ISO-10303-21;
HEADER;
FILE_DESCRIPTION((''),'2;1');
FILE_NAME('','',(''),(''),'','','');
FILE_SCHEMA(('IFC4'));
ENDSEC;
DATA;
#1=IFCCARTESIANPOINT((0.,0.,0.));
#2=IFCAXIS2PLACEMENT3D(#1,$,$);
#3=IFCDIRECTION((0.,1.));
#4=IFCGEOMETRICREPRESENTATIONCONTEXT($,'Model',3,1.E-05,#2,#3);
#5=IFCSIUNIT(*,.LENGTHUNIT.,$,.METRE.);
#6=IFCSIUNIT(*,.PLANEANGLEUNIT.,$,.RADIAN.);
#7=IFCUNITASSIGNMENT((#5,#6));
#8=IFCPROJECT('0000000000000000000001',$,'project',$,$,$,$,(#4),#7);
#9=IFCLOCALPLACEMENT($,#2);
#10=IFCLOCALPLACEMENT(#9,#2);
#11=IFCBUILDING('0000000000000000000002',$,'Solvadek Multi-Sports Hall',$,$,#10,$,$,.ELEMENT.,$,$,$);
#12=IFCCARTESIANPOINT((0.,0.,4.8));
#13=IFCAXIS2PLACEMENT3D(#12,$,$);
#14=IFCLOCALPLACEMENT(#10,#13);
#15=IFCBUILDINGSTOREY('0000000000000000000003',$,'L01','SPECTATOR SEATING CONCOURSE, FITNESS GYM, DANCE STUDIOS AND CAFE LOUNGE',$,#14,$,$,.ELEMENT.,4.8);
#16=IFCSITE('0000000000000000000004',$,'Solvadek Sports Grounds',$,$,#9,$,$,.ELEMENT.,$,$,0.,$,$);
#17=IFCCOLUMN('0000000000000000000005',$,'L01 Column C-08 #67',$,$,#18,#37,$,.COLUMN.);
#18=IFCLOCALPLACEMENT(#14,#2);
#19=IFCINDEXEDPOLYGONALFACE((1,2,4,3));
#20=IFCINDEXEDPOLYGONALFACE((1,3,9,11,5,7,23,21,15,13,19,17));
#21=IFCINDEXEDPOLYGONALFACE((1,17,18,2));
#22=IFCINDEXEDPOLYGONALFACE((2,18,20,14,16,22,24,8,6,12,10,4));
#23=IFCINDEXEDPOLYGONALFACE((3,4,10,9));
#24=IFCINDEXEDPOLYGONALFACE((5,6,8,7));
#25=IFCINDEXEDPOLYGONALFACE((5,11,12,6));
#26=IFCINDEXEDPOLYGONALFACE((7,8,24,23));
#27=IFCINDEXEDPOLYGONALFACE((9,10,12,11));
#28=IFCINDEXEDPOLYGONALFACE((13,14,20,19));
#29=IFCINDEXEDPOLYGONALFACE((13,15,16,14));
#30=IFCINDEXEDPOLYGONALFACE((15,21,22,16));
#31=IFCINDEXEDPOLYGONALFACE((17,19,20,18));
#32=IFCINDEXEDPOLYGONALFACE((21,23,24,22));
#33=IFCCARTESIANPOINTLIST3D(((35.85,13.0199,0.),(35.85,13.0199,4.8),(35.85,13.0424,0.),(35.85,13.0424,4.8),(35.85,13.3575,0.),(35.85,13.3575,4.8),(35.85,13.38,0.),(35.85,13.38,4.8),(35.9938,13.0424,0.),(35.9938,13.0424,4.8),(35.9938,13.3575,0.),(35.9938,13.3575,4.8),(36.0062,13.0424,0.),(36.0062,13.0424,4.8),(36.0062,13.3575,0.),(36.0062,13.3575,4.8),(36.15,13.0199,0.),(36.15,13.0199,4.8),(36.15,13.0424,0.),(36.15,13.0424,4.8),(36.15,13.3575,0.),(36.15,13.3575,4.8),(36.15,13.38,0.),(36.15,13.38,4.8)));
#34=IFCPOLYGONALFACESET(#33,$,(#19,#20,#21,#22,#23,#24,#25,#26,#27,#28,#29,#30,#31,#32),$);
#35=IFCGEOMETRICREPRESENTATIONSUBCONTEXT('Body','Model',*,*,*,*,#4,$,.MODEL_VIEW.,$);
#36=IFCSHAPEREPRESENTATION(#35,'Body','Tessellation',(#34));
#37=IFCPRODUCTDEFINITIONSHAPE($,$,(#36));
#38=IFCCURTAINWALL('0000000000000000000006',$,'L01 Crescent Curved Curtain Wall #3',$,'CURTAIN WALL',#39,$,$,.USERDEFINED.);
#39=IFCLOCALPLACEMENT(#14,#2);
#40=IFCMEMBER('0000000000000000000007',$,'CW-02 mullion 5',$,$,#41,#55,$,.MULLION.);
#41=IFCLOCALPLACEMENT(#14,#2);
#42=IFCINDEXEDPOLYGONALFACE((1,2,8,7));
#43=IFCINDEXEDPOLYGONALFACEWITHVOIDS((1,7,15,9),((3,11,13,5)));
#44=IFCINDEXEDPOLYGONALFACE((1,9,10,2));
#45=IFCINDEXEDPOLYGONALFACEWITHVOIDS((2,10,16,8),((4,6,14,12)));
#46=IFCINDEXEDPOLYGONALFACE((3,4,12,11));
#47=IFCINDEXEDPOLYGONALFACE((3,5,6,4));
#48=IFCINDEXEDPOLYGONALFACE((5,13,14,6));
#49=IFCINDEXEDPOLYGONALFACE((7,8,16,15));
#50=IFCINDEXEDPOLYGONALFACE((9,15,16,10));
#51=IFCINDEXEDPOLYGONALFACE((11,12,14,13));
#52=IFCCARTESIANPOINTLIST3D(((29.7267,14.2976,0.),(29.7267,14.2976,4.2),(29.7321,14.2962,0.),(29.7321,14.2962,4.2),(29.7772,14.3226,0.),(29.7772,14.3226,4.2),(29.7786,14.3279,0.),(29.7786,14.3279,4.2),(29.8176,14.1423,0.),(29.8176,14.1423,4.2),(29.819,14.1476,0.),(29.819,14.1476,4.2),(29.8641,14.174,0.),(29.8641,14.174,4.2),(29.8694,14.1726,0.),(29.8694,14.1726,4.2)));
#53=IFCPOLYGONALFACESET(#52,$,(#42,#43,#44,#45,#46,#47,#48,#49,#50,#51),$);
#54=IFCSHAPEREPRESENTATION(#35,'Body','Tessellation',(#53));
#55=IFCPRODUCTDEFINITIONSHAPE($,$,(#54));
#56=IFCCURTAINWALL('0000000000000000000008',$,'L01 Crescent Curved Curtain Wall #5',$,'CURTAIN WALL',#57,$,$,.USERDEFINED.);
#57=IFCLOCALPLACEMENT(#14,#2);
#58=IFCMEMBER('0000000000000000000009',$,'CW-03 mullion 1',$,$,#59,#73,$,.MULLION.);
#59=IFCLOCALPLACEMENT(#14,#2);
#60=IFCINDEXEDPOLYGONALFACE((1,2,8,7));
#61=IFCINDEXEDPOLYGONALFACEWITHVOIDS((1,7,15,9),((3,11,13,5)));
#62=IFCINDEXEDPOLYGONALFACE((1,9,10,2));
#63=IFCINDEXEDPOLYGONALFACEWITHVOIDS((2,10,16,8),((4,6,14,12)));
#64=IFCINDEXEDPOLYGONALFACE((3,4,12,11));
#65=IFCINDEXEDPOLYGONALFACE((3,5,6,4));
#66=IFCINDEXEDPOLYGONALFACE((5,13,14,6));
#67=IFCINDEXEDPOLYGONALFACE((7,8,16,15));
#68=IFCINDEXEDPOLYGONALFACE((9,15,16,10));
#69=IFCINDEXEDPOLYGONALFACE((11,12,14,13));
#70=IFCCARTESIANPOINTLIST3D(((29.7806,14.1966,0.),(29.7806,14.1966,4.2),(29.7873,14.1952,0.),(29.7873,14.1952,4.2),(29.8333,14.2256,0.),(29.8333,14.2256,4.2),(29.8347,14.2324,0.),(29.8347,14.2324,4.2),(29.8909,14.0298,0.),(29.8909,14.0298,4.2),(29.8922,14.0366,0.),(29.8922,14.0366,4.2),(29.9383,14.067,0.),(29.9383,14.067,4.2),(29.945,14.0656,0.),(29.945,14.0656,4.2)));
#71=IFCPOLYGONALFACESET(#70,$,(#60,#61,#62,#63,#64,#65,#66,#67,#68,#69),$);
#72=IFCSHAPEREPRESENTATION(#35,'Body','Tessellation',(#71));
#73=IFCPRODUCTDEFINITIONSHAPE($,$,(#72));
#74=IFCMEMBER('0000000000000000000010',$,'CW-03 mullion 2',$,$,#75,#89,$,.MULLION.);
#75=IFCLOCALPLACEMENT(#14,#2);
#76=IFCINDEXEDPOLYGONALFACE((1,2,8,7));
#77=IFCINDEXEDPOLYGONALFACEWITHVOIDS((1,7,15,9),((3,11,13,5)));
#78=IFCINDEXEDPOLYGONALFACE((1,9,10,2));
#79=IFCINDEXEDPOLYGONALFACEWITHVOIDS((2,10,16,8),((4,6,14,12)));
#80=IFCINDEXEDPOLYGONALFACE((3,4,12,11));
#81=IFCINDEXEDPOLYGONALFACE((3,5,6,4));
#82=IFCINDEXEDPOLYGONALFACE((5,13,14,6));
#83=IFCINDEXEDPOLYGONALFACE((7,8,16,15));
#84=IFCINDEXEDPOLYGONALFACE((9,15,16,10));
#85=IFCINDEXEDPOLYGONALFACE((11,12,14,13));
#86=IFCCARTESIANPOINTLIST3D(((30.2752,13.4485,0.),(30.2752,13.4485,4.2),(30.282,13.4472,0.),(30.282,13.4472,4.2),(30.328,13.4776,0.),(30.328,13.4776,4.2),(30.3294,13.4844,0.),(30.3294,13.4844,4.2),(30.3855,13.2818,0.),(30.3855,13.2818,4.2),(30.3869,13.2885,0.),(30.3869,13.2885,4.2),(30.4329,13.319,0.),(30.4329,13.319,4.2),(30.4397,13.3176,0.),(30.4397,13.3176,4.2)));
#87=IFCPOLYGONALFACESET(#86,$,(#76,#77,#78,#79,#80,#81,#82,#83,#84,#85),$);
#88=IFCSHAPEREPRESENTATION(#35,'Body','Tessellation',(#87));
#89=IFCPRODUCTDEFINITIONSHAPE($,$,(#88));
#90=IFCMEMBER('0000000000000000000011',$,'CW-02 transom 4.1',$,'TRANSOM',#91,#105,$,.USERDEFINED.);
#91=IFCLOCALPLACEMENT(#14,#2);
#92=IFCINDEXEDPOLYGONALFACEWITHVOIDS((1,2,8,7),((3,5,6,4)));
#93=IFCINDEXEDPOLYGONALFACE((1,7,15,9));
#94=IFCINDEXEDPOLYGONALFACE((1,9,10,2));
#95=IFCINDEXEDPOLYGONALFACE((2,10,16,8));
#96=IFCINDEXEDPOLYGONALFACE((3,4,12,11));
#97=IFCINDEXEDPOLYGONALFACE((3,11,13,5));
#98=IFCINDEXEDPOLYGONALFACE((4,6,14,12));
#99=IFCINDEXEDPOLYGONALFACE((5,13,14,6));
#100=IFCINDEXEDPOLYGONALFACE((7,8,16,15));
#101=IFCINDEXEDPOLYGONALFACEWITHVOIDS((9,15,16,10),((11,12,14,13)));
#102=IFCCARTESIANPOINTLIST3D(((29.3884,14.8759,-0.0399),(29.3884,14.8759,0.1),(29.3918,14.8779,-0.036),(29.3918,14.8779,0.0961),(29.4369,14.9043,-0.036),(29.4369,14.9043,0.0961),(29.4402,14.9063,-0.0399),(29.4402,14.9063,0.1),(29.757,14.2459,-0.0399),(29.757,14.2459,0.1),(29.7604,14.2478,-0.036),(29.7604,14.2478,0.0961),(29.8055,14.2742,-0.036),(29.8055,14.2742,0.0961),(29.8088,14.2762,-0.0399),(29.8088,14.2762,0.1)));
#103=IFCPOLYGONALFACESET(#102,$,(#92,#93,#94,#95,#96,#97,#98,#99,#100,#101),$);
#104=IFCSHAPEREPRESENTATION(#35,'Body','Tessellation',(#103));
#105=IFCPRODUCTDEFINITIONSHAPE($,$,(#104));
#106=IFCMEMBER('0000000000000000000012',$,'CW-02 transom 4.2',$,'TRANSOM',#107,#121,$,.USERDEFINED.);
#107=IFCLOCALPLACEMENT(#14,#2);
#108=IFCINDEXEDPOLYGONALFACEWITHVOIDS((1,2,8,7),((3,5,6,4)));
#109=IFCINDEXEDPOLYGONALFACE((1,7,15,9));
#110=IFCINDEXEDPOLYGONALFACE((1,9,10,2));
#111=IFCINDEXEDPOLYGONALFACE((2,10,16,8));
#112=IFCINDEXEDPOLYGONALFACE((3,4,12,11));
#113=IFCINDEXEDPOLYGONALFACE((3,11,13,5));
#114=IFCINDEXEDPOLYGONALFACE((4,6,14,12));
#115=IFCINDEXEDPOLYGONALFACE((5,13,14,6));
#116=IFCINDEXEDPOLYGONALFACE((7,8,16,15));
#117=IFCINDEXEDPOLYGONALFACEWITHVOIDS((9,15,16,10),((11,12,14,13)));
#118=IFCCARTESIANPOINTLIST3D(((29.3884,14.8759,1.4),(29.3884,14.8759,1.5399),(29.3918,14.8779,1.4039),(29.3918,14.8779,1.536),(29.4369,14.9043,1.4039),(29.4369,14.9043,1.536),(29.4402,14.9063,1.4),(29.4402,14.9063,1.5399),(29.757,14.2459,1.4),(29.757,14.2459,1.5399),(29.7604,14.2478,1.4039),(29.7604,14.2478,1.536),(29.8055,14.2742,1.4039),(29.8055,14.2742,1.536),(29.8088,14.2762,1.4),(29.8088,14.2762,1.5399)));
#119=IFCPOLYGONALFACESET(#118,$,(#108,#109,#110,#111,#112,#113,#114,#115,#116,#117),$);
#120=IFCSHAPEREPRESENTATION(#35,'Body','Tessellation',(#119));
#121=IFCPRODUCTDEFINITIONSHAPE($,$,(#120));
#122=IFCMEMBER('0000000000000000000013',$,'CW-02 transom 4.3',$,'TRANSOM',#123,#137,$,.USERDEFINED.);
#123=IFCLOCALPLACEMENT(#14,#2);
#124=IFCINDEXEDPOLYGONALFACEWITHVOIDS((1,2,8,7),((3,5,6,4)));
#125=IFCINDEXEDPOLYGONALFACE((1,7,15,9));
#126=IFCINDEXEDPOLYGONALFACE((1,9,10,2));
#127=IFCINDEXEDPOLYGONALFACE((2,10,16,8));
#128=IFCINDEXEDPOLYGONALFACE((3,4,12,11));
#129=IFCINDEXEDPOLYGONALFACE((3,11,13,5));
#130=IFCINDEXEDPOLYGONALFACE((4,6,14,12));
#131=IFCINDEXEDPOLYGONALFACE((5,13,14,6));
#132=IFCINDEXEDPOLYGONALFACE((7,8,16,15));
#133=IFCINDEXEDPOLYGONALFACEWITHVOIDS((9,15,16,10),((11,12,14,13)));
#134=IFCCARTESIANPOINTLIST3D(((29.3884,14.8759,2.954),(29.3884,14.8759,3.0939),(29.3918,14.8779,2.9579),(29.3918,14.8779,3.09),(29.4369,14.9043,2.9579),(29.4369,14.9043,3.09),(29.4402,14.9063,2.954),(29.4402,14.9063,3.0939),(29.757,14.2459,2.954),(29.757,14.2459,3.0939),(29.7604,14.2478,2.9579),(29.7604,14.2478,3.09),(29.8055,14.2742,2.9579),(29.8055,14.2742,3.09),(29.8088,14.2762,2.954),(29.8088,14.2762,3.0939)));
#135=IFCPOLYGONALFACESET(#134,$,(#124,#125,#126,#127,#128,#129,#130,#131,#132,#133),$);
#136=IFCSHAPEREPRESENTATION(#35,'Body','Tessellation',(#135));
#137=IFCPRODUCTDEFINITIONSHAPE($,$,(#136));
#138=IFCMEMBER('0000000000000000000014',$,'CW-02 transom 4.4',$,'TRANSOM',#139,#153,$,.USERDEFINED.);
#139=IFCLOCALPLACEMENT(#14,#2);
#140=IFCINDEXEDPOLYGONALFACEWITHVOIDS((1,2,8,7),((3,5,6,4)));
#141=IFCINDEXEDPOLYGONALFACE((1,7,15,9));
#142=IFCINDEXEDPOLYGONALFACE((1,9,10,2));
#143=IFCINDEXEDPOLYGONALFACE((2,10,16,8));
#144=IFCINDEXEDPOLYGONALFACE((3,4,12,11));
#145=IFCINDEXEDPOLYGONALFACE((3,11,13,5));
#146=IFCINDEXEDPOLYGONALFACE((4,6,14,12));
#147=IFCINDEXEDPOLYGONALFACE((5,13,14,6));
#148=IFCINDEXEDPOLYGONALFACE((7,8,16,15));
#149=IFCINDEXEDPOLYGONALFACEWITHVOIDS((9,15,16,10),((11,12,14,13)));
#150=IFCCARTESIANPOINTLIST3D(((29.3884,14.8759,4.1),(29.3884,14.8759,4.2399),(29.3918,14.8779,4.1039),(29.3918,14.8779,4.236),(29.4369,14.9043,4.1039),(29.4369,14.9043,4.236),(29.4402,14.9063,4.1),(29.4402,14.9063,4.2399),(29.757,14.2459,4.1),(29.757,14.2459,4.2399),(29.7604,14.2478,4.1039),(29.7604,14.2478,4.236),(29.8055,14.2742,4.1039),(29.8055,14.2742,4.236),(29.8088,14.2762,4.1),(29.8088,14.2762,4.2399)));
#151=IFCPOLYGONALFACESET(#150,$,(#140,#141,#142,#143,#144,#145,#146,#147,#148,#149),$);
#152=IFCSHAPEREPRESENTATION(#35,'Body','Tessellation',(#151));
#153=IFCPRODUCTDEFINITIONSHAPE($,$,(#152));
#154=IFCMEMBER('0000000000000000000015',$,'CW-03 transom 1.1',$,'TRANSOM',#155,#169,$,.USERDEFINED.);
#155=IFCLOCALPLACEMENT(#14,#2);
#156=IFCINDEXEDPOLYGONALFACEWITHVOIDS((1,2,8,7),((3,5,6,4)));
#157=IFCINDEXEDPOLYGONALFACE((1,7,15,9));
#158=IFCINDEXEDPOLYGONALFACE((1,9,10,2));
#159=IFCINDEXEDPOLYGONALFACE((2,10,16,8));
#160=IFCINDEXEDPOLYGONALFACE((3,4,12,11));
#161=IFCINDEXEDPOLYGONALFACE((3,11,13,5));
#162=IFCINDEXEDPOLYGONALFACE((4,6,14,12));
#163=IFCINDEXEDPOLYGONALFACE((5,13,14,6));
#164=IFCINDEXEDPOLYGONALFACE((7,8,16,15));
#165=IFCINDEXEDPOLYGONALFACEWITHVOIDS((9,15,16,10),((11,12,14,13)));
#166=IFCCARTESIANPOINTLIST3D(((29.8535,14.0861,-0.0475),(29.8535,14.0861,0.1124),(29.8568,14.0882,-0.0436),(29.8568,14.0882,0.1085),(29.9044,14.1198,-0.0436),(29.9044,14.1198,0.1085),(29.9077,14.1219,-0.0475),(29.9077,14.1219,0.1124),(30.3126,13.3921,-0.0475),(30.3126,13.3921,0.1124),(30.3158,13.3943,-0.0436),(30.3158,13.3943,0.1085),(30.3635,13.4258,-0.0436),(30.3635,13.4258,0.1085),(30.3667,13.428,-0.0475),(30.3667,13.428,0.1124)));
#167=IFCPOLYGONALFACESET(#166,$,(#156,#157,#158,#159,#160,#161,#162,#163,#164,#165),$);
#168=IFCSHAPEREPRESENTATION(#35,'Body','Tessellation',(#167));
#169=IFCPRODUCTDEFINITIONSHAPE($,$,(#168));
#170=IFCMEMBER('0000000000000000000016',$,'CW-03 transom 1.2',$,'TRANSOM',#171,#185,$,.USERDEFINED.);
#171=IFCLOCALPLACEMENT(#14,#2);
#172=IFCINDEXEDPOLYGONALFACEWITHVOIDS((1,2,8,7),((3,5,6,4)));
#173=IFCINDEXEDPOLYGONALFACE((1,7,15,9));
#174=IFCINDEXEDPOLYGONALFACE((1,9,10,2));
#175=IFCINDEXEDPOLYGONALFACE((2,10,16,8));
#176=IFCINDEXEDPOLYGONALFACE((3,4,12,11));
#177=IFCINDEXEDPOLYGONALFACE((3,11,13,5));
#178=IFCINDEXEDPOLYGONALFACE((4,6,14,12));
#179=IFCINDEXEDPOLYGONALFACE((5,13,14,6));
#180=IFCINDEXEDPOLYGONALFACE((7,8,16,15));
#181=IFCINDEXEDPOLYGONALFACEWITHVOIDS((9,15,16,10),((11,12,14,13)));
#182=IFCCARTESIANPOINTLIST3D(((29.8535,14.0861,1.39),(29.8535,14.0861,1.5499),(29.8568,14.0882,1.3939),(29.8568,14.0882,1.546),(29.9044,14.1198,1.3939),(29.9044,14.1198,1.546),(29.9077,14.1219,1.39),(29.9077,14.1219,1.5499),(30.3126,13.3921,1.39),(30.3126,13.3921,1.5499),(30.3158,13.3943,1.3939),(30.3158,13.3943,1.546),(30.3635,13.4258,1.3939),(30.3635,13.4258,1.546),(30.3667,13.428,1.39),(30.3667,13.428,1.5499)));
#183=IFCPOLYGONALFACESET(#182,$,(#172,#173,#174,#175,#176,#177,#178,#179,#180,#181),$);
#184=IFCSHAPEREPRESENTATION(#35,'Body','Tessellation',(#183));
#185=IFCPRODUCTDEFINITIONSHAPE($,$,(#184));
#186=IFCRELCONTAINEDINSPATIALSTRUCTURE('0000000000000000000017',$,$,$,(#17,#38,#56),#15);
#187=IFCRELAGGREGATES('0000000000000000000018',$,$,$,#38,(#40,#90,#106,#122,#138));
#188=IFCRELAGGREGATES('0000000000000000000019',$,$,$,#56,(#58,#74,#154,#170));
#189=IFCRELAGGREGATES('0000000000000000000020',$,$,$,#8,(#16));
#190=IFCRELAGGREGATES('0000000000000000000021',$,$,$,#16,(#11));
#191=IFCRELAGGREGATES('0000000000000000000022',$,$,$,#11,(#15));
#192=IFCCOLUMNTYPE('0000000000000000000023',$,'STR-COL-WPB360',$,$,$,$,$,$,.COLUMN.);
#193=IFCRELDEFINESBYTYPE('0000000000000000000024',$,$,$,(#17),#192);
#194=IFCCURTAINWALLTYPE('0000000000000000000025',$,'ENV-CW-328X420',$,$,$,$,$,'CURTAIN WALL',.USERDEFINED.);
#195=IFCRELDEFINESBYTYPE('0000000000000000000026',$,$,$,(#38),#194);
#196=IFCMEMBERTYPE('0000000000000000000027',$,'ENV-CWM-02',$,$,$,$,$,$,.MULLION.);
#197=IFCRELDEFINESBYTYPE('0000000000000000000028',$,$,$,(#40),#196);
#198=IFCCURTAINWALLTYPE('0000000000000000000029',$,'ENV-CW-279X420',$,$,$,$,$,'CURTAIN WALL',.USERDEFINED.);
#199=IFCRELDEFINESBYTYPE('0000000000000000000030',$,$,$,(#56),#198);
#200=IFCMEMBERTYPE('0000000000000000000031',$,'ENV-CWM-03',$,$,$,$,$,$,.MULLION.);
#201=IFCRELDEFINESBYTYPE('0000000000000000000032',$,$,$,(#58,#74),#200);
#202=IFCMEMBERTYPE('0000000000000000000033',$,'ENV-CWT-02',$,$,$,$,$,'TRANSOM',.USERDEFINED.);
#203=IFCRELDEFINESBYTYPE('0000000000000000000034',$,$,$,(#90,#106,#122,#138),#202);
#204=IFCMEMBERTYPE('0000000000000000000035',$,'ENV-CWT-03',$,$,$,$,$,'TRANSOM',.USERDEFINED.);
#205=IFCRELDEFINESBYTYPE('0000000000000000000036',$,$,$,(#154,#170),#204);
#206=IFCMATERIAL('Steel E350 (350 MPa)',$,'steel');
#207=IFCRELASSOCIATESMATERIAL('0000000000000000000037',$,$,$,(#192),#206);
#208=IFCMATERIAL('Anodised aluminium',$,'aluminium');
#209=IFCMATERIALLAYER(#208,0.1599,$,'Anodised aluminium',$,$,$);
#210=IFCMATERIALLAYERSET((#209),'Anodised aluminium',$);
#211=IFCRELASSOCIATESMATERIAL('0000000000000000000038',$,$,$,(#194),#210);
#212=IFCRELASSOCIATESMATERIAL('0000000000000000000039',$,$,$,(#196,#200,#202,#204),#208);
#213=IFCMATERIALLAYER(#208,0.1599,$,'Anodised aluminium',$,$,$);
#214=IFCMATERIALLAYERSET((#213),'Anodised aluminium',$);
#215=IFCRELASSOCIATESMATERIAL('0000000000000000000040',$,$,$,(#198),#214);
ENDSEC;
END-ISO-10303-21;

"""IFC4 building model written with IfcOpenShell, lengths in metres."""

from ifc_helpers import new_model, si_unit, direction, frame, origin, origin_2d, place, context, subcontext, project, spatial, hollow_rectangle, i_section, extrude, material, layer, layer_set, material_profile, profile_set, type_object, element, aggregate, save


model = new_model("IFC4")

# Units and contexts
model_context = context("Model", 3, precision=1e-05, world=origin(), true_north=direction((0.0, 1.0)))
body_context = subcontext(model_context, "Body", "Model", "MODEL_VIEW")
ifc_project = project(units=[si_unit("LENGTHUNIT", "METRE"), si_unit("PLANEANGLEUNIT", "RADIAN")], contexts=[model_context])

# Site, building, storey
site_placement = place(None, origin())
site = spatial("IfcSite", under=ifc_project, at=site_placement, Name="Solvadek Sports Grounds", CompositionType="ELEMENT", RefElevation=0.0)
building_placement = place(site_placement, origin())
building = spatial("IfcBuilding", under=site, at=building_placement, Name="Solvadek Multi-Sports Hall", CompositionType="ELEMENT")
storey_placement = place(building_placement, frame((0.0, 0.0, 4.8)))
storey = spatial("IfcBuildingStorey", under=building, at=storey_placement, Name="L01", Description="SPECTATOR SEATING CONCOURSE, FITNESS GYM, DANCE STUDIOS AND CAFE LOUNGE", CompositionType="ELEMENT", Elevation=4.8)

# Column
ifc_material_1 = material(Name="Steel E350 (350 MPa)", Category="steel")
ifc_material_profile_1 = material_profile(ifc_material_1, i_section(OverallWidth=0.3, OverallDepth=0.3601, WebThickness=0.0125, FlangeThickness=0.0225, at=origin_2d()), Name="WPB 360")
ifc_profile_set_1 = profile_set([ifc_material_profile_1], Name="Steel E350 (350 MPa)")
column_type = type_object("IfcColumnType", Name="STR-COL-WPB360", PredefinedType="COLUMN", material=ifc_profile_set_1)
column_placement = place(storey_placement, frame((36.0, 13.2, 0.0), z_axis=(0.0, 0.0, 1.0), x_axis=(1.0, 0.0, 0.0)))
element("IfcColumn", 1, at=column_placement, inside=storey, type_object=column_type, Name="L01 Column C-08 #67", PredefinedType="COLUMN", context=body_context, shape_type="SweptSolid", body=[
    extrude(i_section(OverallWidth=0.3, OverallDepth=0.3601, WebThickness=0.0125, FlangeThickness=0.0225, at=origin_2d()), origin(), (0.0, 0.0, 1.0), 4.8),
])

# Curtain wall, member
ifc_material_2 = material(Name="Anodised aluminium", Category="aluminium")
ifc_layer_1 = layer(ifc_material_2, 0.1599, Name="Anodised aluminium")
ifc_layer_set_1 = layer_set([ifc_layer_1], Name="Anodised aluminium")
curtain_wall_type_1 = type_object("IfcCurtainWallType", Name="ENV-CW-328X420", ElementType="CURTAIN WALL", PredefinedType="USERDEFINED", material=ifc_layer_set_1)
curtain_wall_1_placement = place(storey_placement, origin())
curtain_wall_1 = element("IfcCurtainWall", 2, at=curtain_wall_1_placement, inside=storey, type_object=curtain_wall_type_1, Name="L01 Crescent Curved Curtain Wall #3", ObjectType="CURTAIN WALL", PredefinedType="USERDEFINED")
ifc_material_profile_2 = material_profile(ifc_material_2, hollow_rectangle(XDim=0.0601, YDim=0.1799, WallThickness=0.0039, at=origin_2d()), Name="ALU-M 180x60x4")
ifc_profile_set_2 = profile_set([ifc_material_profile_2], Name="Anodised aluminium")
member_type_1 = type_object("IfcMemberType", Name="ENV-CWM-02", PredefinedType="MULLION", material=ifc_profile_set_2)
member_1_placement = place(storey_placement, frame((29.7981, 14.2351, 0.0), z_axis=(0.0, 0.0, 1.0), x_axis=(0.863145, 0.504957, 0.0)))
member_1 = element("IfcMember", 3, at=member_1_placement, type_object=member_type_1, Name="CW-02 mullion 5", PredefinedType="MULLION", context=body_context, shape_type="SweptSolid", body=[
    extrude(hollow_rectangle(XDim=0.0601, YDim=0.1799, WallThickness=0.0039, at=origin_2d()), origin(), (0.0, 0.0, 1.0), 4.2),
])

# Curtain wall, members
ifc_layer_2 = layer(ifc_material_2, 0.1599, Name="Anodised aluminium")
ifc_layer_set_2 = layer_set([ifc_layer_2], Name="Anodised aluminium")
curtain_wall_type_2 = type_object("IfcCurtainWallType", Name="ENV-CW-279X420", ElementType="CURTAIN WALL", PredefinedType="USERDEFINED", material=ifc_layer_set_2)
curtain_wall_2_placement = place(storey_placement, origin())
curtain_wall_2 = element("IfcCurtainWall", 4, at=curtain_wall_2_placement, inside=storey, type_object=curtain_wall_type_2, Name="L01 Crescent Curved Curtain Wall #5", ObjectType="CURTAIN WALL", PredefinedType="USERDEFINED")
ifc_material_profile_3 = material_profile(ifc_material_2, hollow_rectangle(XDim=0.0649, YDim=0.2, WallThickness=0.0049, at=origin_2d()), Name="ALU-M 200x65x5")
ifc_profile_set_3 = profile_set([ifc_material_profile_3], Name="Anodised aluminium")
member_type_2 = type_object("IfcMemberType", Name="ENV-CWM-03", PredefinedType="MULLION", material=ifc_profile_set_3)
member_2_placement = place(storey_placement, frame((29.8628, 14.1311, 0.0), z_axis=(0.0, 0.0, 1.0), x_axis=(0.834097, 0.551617, 0.0)))
member_2 = element("IfcMember", 5, at=member_2_placement, type_object=member_type_2, Name="CW-03 mullion 1", PredefinedType="MULLION", context=body_context, shape_type="SweptSolid", body=[
    extrude(hollow_rectangle(XDim=0.0649, YDim=0.2, WallThickness=0.0049, at=origin_2d()), origin(), (0.0, 0.0, 1.0), 4.2),
])
member_3_placement = place(storey_placement, frame((30.3574, 13.3831, 0.0), z_axis=(0.0, 0.0, 1.0), x_axis=(0.834097, 0.551617, 0.0)))
member_3 = element("IfcMember", 6, at=member_3_placement, type_object=member_type_2, Name="CW-03 mullion 2", PredefinedType="MULLION", context=body_context, shape_type="SweptSolid", body=[
    extrude(hollow_rectangle(XDim=0.0649, YDim=0.2, WallThickness=0.0049, at=origin_2d()), origin(), (0.0, 0.0, 1.0), 4.2),
])

# Members
ifc_material_profile_4 = material_profile(ifc_material_2, hollow_rectangle(XDim=0.0601, YDim=0.1399, WallThickness=0.0039, at=origin_2d()), Name="ALU-T 140x60x4")
ifc_profile_set_4 = profile_set([ifc_material_profile_4], Name="Anodised aluminium")
member_type_3 = type_object("IfcMemberType", Name="ENV-CWT-02", ElementType="TRANSOM", PredefinedType="USERDEFINED", material=ifc_profile_set_4)
member_4_placement = place(storey_placement, frame((29.4143, 14.8911, 0.03), z_axis=(0.504973, -0.863135, 0.0), x_axis=(0.863135, 0.504973, 0.0)))
member_4 = element("IfcMember", 7, at=member_4_placement, type_object=member_type_3, Name="CW-02 transom 4.1", ObjectType="TRANSOM", PredefinedType="USERDEFINED", context=body_context, shape_type="SweptSolid", body=[
    extrude(hollow_rectangle(XDim=0.0601, YDim=0.1399, WallThickness=0.0039, at=origin_2d()), origin(), (0.0, 0.0, 1.0), 0.73),
])
member_5_placement = place(storey_placement, frame((29.4143, 14.8911, 1.47), z_axis=(0.504973, -0.863135, 0.0), x_axis=(0.863135, 0.504973, 0.0)))
member_5 = element("IfcMember", 8, at=member_5_placement, type_object=member_type_3, Name="CW-02 transom 4.2", ObjectType="TRANSOM", PredefinedType="USERDEFINED", context=body_context, shape_type="SweptSolid", body=[
    extrude(hollow_rectangle(XDim=0.0601, YDim=0.1399, WallThickness=0.0039, at=origin_2d()), origin(), (0.0, 0.0, 1.0), 0.73),
])
member_6_placement = place(storey_placement, frame((29.4143, 14.8911, 3.0239), z_axis=(0.504973, -0.863135, 0.0), x_axis=(0.863135, 0.504973, 0.0)))
member_6 = element("IfcMember", 9, at=member_6_placement, type_object=member_type_3, Name="CW-02 transom 4.3", ObjectType="TRANSOM", PredefinedType="USERDEFINED", context=body_context, shape_type="SweptSolid", body=[
    extrude(hollow_rectangle(XDim=0.0601, YDim=0.1399, WallThickness=0.0039, at=origin_2d()), origin(), (0.0, 0.0, 1.0), 0.73),
])
member_7_placement = place(storey_placement, frame((29.4143, 14.8911, 4.1699), z_axis=(0.504973, -0.863135, 0.0), x_axis=(0.863135, 0.504973, 0.0)))
member_7 = element("IfcMember", 10, at=member_7_placement, type_object=member_type_3, Name="CW-02 transom 4.4", ObjectType="TRANSOM", PredefinedType="USERDEFINED", context=body_context, shape_type="SweptSolid", body=[
    extrude(hollow_rectangle(XDim=0.0601, YDim=0.1399, WallThickness=0.0039, at=origin_2d()), origin(), (0.0, 0.0, 1.0), 0.73),
])
ifc_material_profile_5 = material_profile(ifc_material_2, hollow_rectangle(XDim=0.0649, YDim=0.1599, WallThickness=0.0039, at=origin_2d()), Name="ALU-T 160x65x4")
ifc_profile_set_5 = profile_set([ifc_material_profile_5], Name="Anodised aluminium")
member_type_4 = type_object("IfcMemberType", Name="ENV-CWT-03", ElementType="TRANSOM", PredefinedType="USERDEFINED", material=ifc_profile_set_5)
member_8_placement = place(storey_placement, frame((29.8806, 14.104, 0.0325), z_axis=(0.551717, -0.834032, 0.0), x_axis=(0.834032, 0.551717, 0.0)))
member_8 = element("IfcMember", 11, at=member_8_placement, type_object=member_type_4, Name="CW-03 transom 1.1", ObjectType="TRANSOM", PredefinedType="USERDEFINED", context=body_context, shape_type="SweptSolid", body=[
    extrude(hollow_rectangle(XDim=0.0649, YDim=0.1599, WallThickness=0.0039, at=origin_2d()), origin(), (0.0, 0.0, 1.0), 0.832),
])
member_9_placement = place(storey_placement, frame((29.8806, 14.104, 1.47), z_axis=(0.551717, -0.834032, 0.0), x_axis=(0.834032, 0.551717, 0.0)))
member_9 = element("IfcMember", 12, at=member_9_placement, type_object=member_type_4, Name="CW-03 transom 1.2", ObjectType="TRANSOM", PredefinedType="USERDEFINED", context=body_context, shape_type="SweptSolid", body=[
    extrude(hollow_rectangle(XDim=0.0649, YDim=0.1599, WallThickness=0.0039, at=origin_2d()), origin(), (0.0, 0.0, 1.0), 0.832),
])

aggregate(curtain_wall_1, [member_1, member_4, member_5, member_6, member_7])
aggregate(curtain_wall_2, [member_2, member_3, member_8, member_9])

save(model, "model.ifc")
